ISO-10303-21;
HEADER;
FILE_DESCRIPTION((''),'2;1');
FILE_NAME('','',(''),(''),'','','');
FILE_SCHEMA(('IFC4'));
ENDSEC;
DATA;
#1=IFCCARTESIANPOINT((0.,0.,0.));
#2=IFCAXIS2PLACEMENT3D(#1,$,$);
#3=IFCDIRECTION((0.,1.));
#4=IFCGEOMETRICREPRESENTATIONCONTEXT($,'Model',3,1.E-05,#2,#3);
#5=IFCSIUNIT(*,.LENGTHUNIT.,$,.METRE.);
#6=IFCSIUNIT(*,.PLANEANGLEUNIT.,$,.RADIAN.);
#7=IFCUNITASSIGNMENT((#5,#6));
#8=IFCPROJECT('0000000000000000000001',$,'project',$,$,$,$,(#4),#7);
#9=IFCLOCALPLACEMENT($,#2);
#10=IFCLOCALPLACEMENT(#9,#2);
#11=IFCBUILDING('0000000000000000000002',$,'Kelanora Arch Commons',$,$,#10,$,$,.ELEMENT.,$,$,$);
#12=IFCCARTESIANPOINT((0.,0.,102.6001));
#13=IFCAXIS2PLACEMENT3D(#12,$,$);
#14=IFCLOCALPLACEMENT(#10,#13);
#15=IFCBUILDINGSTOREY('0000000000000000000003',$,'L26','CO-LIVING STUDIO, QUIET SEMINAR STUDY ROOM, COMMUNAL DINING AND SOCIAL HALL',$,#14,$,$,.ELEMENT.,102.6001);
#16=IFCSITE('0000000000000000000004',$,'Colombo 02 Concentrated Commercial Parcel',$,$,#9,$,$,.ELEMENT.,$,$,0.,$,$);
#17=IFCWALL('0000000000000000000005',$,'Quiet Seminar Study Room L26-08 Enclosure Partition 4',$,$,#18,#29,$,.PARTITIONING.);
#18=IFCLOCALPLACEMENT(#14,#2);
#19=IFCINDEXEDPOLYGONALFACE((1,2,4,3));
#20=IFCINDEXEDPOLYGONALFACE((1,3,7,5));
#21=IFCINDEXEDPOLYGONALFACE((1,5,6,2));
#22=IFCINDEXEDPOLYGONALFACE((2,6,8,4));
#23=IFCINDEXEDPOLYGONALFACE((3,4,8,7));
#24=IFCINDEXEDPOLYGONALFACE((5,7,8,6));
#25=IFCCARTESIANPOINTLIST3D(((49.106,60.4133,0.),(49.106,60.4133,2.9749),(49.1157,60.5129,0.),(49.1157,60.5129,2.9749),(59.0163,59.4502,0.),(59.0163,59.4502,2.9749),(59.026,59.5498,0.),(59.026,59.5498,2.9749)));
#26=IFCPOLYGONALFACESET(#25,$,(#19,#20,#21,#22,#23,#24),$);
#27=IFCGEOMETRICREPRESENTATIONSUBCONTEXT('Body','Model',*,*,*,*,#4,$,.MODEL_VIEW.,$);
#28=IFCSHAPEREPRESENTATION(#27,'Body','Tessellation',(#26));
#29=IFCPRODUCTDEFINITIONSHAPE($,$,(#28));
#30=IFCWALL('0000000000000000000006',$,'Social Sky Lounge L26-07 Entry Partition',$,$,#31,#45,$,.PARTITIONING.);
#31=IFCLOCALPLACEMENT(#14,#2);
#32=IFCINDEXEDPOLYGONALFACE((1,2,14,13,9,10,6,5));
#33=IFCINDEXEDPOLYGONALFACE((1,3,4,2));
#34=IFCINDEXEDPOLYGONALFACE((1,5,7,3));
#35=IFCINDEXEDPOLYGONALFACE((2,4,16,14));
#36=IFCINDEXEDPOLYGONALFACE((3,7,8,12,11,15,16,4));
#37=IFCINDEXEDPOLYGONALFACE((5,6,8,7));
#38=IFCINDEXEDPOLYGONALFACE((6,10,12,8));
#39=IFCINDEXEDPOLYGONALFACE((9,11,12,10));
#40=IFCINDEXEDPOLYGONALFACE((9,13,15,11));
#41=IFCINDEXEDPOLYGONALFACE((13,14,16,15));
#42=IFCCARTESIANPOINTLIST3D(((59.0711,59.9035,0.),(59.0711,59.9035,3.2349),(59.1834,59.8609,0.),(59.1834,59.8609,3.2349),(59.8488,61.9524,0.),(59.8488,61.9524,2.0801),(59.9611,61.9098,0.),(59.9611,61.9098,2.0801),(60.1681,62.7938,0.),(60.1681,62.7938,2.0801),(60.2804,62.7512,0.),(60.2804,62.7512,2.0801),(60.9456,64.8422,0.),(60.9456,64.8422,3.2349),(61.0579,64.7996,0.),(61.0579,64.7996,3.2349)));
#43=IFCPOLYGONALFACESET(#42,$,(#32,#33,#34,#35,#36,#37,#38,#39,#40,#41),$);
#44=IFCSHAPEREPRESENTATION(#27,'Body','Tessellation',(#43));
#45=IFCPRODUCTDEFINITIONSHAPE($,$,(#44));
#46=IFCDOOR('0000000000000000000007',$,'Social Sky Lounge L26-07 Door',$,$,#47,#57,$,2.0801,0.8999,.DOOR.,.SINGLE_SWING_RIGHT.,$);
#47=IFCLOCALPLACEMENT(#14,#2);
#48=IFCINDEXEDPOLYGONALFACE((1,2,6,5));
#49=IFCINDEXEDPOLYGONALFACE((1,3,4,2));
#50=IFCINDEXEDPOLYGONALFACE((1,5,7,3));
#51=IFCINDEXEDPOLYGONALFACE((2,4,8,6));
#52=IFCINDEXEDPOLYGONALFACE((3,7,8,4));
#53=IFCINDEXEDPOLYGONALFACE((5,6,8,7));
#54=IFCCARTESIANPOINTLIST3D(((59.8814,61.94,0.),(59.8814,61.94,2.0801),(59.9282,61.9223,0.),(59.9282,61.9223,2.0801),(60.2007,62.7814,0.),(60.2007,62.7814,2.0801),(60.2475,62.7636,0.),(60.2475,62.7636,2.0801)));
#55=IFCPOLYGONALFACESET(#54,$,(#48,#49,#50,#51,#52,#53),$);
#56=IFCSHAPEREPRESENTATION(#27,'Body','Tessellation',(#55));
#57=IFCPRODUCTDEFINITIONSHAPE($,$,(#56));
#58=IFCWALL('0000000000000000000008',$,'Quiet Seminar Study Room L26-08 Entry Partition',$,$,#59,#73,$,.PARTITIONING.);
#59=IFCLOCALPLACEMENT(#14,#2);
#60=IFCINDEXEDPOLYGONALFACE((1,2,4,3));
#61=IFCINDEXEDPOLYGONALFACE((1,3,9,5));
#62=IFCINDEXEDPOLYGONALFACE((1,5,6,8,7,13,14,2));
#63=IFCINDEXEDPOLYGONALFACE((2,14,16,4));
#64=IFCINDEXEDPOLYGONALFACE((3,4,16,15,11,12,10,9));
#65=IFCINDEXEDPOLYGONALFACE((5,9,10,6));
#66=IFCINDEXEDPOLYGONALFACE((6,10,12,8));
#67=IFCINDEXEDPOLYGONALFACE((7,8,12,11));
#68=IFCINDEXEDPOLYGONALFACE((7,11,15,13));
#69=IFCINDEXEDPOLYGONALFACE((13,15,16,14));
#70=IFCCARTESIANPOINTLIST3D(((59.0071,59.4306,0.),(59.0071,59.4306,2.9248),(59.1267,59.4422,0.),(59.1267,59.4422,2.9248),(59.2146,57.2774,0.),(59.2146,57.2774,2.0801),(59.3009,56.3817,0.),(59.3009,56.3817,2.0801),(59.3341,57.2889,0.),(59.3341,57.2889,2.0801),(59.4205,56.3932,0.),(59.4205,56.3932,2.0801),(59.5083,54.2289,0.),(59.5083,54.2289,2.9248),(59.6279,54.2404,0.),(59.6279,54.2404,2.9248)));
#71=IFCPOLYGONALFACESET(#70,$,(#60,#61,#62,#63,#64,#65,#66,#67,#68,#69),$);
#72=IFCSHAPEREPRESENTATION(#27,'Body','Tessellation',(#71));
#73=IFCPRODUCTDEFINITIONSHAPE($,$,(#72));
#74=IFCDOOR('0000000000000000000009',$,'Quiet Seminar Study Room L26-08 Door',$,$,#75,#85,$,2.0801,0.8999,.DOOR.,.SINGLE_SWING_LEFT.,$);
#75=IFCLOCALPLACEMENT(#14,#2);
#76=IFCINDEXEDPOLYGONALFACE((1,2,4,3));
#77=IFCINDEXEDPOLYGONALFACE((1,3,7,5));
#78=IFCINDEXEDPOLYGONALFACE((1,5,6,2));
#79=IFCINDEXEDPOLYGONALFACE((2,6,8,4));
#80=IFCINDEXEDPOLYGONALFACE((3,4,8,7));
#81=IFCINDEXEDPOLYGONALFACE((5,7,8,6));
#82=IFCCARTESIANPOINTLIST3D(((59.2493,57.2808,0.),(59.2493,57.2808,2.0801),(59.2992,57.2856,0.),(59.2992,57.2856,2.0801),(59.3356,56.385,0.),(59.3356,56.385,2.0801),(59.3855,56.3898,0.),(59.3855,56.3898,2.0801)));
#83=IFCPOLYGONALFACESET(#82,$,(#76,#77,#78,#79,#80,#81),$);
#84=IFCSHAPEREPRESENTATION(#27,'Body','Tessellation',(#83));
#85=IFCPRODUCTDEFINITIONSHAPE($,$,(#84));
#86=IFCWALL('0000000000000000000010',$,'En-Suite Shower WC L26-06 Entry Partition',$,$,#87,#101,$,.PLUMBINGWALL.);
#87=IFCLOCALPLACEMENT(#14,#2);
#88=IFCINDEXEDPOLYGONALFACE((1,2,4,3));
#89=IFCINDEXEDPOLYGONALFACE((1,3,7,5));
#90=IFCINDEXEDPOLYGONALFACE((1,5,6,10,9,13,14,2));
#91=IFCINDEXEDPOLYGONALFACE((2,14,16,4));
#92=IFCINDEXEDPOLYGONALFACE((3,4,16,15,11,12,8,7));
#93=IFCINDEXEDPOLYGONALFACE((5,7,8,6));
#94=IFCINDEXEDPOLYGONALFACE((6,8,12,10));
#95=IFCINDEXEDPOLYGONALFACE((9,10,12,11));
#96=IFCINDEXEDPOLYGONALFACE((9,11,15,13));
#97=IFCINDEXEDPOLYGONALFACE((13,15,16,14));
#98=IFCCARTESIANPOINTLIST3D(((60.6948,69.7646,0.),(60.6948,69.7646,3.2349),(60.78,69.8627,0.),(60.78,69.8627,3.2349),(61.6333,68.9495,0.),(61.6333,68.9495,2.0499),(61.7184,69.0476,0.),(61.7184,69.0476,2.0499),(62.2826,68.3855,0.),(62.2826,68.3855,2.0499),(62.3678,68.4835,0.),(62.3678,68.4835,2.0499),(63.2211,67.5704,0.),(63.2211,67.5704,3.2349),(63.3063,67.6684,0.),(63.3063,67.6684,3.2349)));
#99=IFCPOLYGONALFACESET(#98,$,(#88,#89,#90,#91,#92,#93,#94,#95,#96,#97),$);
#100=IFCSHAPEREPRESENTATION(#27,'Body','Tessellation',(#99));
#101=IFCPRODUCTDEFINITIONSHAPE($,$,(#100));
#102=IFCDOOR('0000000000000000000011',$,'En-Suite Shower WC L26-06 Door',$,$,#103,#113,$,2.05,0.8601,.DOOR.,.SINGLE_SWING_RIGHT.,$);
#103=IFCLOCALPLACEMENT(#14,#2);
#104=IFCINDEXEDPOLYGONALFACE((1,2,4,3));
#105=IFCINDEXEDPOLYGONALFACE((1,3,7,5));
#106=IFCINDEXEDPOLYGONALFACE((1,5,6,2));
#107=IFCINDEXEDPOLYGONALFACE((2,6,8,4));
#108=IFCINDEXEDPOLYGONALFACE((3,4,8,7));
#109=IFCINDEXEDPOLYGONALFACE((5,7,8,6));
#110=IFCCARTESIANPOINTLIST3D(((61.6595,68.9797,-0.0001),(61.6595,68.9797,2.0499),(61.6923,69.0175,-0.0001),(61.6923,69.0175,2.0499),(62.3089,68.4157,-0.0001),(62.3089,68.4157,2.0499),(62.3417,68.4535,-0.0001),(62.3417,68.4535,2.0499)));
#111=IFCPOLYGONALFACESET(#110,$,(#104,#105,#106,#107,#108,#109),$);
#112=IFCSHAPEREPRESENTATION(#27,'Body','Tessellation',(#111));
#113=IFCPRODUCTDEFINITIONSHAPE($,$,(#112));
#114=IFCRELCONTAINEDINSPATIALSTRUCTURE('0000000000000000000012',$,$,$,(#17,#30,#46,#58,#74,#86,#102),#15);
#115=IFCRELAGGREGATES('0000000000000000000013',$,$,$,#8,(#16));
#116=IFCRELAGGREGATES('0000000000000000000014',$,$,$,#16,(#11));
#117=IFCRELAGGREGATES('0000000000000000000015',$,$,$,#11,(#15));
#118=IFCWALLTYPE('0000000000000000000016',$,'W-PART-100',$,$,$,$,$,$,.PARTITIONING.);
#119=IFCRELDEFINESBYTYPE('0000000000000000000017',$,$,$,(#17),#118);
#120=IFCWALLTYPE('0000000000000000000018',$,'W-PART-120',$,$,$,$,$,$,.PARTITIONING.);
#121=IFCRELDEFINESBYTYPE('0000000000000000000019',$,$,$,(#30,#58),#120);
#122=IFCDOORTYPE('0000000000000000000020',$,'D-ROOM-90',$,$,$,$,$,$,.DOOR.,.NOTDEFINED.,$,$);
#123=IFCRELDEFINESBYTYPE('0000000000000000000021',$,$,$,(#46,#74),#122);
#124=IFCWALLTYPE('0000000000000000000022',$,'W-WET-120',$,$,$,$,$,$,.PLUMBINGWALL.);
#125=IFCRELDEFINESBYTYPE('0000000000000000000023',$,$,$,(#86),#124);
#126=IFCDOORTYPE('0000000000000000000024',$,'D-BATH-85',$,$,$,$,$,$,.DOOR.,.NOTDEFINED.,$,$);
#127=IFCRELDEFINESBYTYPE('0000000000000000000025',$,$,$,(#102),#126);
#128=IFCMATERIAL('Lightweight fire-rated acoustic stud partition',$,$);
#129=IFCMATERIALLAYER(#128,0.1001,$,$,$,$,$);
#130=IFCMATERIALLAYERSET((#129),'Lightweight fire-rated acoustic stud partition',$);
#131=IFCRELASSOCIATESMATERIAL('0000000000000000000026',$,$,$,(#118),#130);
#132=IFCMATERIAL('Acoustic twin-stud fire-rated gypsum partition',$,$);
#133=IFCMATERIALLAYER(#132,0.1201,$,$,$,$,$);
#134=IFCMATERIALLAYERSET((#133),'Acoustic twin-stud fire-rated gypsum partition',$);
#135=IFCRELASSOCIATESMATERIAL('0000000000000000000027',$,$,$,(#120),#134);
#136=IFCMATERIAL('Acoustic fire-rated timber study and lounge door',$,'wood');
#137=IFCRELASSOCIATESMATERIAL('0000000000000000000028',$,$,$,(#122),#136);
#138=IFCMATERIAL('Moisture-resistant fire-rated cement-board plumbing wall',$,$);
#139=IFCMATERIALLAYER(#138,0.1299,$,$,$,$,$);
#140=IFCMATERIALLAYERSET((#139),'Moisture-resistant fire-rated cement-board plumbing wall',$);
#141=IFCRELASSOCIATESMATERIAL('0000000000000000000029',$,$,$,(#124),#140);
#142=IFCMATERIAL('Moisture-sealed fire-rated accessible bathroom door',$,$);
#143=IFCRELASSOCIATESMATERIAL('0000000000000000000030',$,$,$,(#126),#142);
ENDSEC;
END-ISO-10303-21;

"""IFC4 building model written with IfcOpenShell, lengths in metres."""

from ifc_helpers import new_model, si_unit, direction, frame, frame_2d, origin, place, context, subcontext, project, spatial, rectangle, extrude, material, layer, layer_set, type_object, element, fill, save


model = new_model("IFC4")

# Units and contexts
model_context = context("Model", 3, precision=1e-05, world=origin(), true_north=direction((0.0, 1.0)))
body_context = subcontext(model_context, "Body", "Model", "MODEL_VIEW")
ifc_project = project(units=[si_unit("LENGTHUNIT", "METRE"), si_unit("PLANEANGLEUNIT", "RADIAN")], contexts=[model_context])

# Site, building, storey
site_placement = place(None, origin())
site = spatial("IfcSite", under=ifc_project, at=site_placement, Name="Colombo 02 Concentrated Commercial Parcel", CompositionType="ELEMENT", RefElevation=0.0)
building_placement = place(site_placement, origin())
building = spatial("IfcBuilding", under=site, at=building_placement, Name="Kelanora Arch Commons", CompositionType="ELEMENT")
storey_placement = place(building_placement, frame((0.0, 0.0, 102.6001)))
storey = spatial("IfcBuildingStorey", under=building, at=storey_placement, Name="L26", Description="CO-LIVING STUDIO, QUIET SEMINAR STUDY ROOM, COMMUNAL DINING AND SOCIAL HALL", CompositionType="ELEMENT", Elevation=102.6001)

# Wall
ifc_material_1 = material(Name="Lightweight fire-rated acoustic stud partition")
ifc_layer_1 = layer(ifc_material_1, 0.1001)
ifc_layer_set_1 = layer_set([ifc_layer_1], Name="Lightweight fire-rated acoustic stud partition")
wall_type_1 = type_object("IfcWallType", Name="W-PART-100", PredefinedType="PARTITIONING", material=ifc_layer_set_1)
wall_1_placement = place(storey_placement, frame((49.1108, 60.4631, 0.0), z_axis=(0.0, 0.0, 1.0), x_axis=(0.995311, -0.096729, 0.0)))
element("IfcWall", 1, at=wall_1_placement, inside=storey, type_object=wall_type_1, Name="Quiet Seminar Study Room L26-08 Enclosure Partition 4", PredefinedType="PARTITIONING", context=body_context, shape_type="SweptSolid", body=[
    extrude(rectangle(XDim=9.957, YDim=0.1001, at=frame_2d((4.9785, 0.0))), origin(), (0.0, 0.0, 1.0), 2.9749),
])

# Walls, openings, doors
ifc_material_2 = material(Name="Acoustic twin-stud fire-rated gypsum partition")
ifc_layer_2 = layer(ifc_material_2, 0.1201)
ifc_layer_set_2 = layer_set([ifc_layer_2], Name="Acoustic twin-stud fire-rated gypsum partition")
wall_type_2 = type_object("IfcWallType", Name="W-PART-120", PredefinedType="PARTITIONING", material=ifc_layer_set_2)
wall_2_placement = place(storey_placement, frame((61.0017, 64.8208, 0.0), z_axis=(0.0, 0.0, 1.0), x_axis=(-0.354853, -0.934922, 0.0)))
wall_2 = element("IfcWall", 2, at=wall_2_placement, inside=storey, type_object=wall_type_2, Name="Social Sky Lounge L26-07 Entry Partition", PredefinedType="PARTITIONING", context=body_context, shape_type="SweptSolid", body=[
    extrude(rectangle(XDim=5.2825, YDim=0.1201, at=frame_2d((2.6411, 0.0))), origin(), (0.0, 0.0, 1.0), 3.2349),
])
opening_1_placement = place(wall_2_placement, frame((2.1909, 0.0, 0.0)))
opening_1 = element("IfcOpeningElement", 3, at=opening_1_placement, cuts=wall_2, PredefinedType="OPENING", context=body_context, shape_type="SweptSolid", body=[
    extrude(rectangle(XDim=0.8999, YDim=2.0801, at=frame_2d((0.45, 1.04))), frame((0.0, 0.0701, 0.0), z_axis=(0.0, -1.0, 0.0), x_axis=(1.0, 0.0, 0.0)), (0.0, 0.0, 1.0), 0.1401),
])
ifc_material_3 = material(Name="Acoustic fire-rated timber study and lounge door", Category="wood")
door_type_1 = type_object("IfcDoorType", Name="D-ROOM-90", OperationType="NOTDEFINED", PredefinedType="DOOR", material=ifc_material_3)
door_1_placement = place(opening_1_placement, origin())
door_1 = element("IfcDoor", 4, at=door_1_placement, inside=storey, type_object=door_type_1, Name="Social Sky Lounge L26-07 Door", OperationType="SINGLE_SWING_RIGHT", OverallHeight=2.0801, OverallWidth=0.8999, PredefinedType="DOOR", context=body_context, shape_type="SweptSolid", body=[
    extrude(rectangle(XDim=0.8999, YDim=2.0801, at=frame_2d((0.45, 1.04))), frame((0.0, 0.0249, 0.0), z_axis=(0.0, -1.0, 0.0), x_axis=(1.0, 0.0, 0.0)), (0.0, 0.0, 1.0), 0.05),
])
fill(opening_1, door_1)
wall_3_placement = place(storey_placement, frame((59.0669, 59.4363, 0.0), z_axis=(0.0, 0.0, 1.0), x_axis=(0.095914, -0.99539, 0.0)))
wall_3 = element("IfcWall", 5, at=wall_3_placement, inside=storey, type_object=wall_type_2, Name="Quiet Seminar Study Room L26-08 Entry Partition", PredefinedType="PARTITIONING", context=body_context, shape_type="SweptSolid", body=[
    extrude(rectangle(XDim=5.2258, YDim=0.1201, at=frame_2d((2.6128, 0.0))), origin(), (0.0, 0.0, 1.0), 2.9248),
])
opening_2_placement = place(wall_3_placement, frame((2.1631, 0.0, 0.0)))
opening_2 = element("IfcOpeningElement", 6, at=opening_2_placement, cuts=wall_3, PredefinedType="OPENING", context=body_context, shape_type="SweptSolid", body=[
    extrude(rectangle(XDim=0.8999, YDim=2.0801, at=frame_2d((0.45, 1.04))), frame((0.0, 0.0701, 0.0), z_axis=(0.0, -1.0, 0.0), x_axis=(1.0, 0.0, 0.0)), (0.0, 0.0, 1.0), 0.1401),
])
door_2_placement = place(opening_2_placement, origin())
door_2 = element("IfcDoor", 7, at=door_2_placement, inside=storey, type_object=door_type_1, Name="Quiet Seminar Study Room L26-08 Door", OperationType="SINGLE_SWING_LEFT", OverallHeight=2.0801, OverallWidth=0.8999, PredefinedType="DOOR", context=body_context, shape_type="SweptSolid", body=[
    extrude(rectangle(XDim=0.8999, YDim=2.0801, at=frame_2d((0.45, 1.04))), frame((0.0, 0.0249, 0.0), z_axis=(0.0, -1.0, 0.0), x_axis=(1.0, 0.0, 0.0)), (0.0, 0.0, 1.0), 0.05),
])
fill(opening_2, door_2)
ifc_material_4 = material(Name="Moisture-resistant fire-rated cement-board plumbing wall")
ifc_layer_3 = layer(ifc_material_4, 0.1299)
ifc_layer_set_3 = layer_set([ifc_layer_3], Name="Moisture-resistant fire-rated cement-board plumbing wall")
wall_type_3 = type_object("IfcWallType", Name="W-WET-120", PredefinedType="PLUMBINGWALL", material=ifc_layer_set_3)
wall_4_placement = place(storey_placement, frame((63.2637, 67.6194, 0.0), z_axis=(0.0, 0.0, 1.0), x_axis=(-0.754976, 0.655752, 0.0)))
wall_4 = element("IfcWall", 8, at=wall_4_placement, inside=storey, type_object=wall_type_3, Name="En-Suite Shower WC L26-06 Entry Partition", PredefinedType="PLUMBINGWALL", context=body_context, shape_type="SweptSolid", body=[
    extrude(rectangle(XDim=3.3462, YDim=0.1299, at=frame_2d((1.6731, 0.0))), origin(), (0.0, 0.0, 1.0), 3.2349),
])
opening_3_placement = place(wall_4_placement, frame((1.2429, 0.0, 0.0)))
opening_3 = element("IfcOpeningElement", 9, at=opening_3_placement, cuts=wall_4, PredefinedType="OPENING", context=body_context, shape_type="SweptSolid", body=[
    extrude(rectangle(XDim=0.8601, YDim=2.05, at=frame_2d((0.4302, 1.0249))), frame((0.0, 0.075, 0.0), z_axis=(0.0, -1.0, 0.0), x_axis=(1.0, 0.0, 0.0)), (0.0, 0.0, 1.0), 0.1499),
])
ifc_material_5 = material(Name="Moisture-sealed fire-rated accessible bathroom door")
door_type_2 = type_object("IfcDoorType", Name="D-BATH-85", OperationType="NOTDEFINED", PredefinedType="DOOR", material=ifc_material_5)
door_3_placement = place(opening_3_placement, origin())
door_3 = element("IfcDoor", 10, at=door_3_placement, inside=storey, type_object=door_type_2, Name="En-Suite Shower WC L26-06 Door", OperationType="SINGLE_SWING_RIGHT", OverallHeight=2.05, OverallWidth=0.8601, PredefinedType="DOOR", context=body_context, shape_type="SweptSolid", body=[
    extrude(rectangle(XDim=0.8601, YDim=2.05, at=frame_2d((0.4302, 1.0249))), frame((0.0, 0.0249, 0.0), z_axis=(0.0, -1.0, 0.0), x_axis=(1.0, 0.0, 0.0)), (0.0, 0.0, 1.0), 0.05),
])
fill(opening_3, door_3)

save(model, "model.ifc")
